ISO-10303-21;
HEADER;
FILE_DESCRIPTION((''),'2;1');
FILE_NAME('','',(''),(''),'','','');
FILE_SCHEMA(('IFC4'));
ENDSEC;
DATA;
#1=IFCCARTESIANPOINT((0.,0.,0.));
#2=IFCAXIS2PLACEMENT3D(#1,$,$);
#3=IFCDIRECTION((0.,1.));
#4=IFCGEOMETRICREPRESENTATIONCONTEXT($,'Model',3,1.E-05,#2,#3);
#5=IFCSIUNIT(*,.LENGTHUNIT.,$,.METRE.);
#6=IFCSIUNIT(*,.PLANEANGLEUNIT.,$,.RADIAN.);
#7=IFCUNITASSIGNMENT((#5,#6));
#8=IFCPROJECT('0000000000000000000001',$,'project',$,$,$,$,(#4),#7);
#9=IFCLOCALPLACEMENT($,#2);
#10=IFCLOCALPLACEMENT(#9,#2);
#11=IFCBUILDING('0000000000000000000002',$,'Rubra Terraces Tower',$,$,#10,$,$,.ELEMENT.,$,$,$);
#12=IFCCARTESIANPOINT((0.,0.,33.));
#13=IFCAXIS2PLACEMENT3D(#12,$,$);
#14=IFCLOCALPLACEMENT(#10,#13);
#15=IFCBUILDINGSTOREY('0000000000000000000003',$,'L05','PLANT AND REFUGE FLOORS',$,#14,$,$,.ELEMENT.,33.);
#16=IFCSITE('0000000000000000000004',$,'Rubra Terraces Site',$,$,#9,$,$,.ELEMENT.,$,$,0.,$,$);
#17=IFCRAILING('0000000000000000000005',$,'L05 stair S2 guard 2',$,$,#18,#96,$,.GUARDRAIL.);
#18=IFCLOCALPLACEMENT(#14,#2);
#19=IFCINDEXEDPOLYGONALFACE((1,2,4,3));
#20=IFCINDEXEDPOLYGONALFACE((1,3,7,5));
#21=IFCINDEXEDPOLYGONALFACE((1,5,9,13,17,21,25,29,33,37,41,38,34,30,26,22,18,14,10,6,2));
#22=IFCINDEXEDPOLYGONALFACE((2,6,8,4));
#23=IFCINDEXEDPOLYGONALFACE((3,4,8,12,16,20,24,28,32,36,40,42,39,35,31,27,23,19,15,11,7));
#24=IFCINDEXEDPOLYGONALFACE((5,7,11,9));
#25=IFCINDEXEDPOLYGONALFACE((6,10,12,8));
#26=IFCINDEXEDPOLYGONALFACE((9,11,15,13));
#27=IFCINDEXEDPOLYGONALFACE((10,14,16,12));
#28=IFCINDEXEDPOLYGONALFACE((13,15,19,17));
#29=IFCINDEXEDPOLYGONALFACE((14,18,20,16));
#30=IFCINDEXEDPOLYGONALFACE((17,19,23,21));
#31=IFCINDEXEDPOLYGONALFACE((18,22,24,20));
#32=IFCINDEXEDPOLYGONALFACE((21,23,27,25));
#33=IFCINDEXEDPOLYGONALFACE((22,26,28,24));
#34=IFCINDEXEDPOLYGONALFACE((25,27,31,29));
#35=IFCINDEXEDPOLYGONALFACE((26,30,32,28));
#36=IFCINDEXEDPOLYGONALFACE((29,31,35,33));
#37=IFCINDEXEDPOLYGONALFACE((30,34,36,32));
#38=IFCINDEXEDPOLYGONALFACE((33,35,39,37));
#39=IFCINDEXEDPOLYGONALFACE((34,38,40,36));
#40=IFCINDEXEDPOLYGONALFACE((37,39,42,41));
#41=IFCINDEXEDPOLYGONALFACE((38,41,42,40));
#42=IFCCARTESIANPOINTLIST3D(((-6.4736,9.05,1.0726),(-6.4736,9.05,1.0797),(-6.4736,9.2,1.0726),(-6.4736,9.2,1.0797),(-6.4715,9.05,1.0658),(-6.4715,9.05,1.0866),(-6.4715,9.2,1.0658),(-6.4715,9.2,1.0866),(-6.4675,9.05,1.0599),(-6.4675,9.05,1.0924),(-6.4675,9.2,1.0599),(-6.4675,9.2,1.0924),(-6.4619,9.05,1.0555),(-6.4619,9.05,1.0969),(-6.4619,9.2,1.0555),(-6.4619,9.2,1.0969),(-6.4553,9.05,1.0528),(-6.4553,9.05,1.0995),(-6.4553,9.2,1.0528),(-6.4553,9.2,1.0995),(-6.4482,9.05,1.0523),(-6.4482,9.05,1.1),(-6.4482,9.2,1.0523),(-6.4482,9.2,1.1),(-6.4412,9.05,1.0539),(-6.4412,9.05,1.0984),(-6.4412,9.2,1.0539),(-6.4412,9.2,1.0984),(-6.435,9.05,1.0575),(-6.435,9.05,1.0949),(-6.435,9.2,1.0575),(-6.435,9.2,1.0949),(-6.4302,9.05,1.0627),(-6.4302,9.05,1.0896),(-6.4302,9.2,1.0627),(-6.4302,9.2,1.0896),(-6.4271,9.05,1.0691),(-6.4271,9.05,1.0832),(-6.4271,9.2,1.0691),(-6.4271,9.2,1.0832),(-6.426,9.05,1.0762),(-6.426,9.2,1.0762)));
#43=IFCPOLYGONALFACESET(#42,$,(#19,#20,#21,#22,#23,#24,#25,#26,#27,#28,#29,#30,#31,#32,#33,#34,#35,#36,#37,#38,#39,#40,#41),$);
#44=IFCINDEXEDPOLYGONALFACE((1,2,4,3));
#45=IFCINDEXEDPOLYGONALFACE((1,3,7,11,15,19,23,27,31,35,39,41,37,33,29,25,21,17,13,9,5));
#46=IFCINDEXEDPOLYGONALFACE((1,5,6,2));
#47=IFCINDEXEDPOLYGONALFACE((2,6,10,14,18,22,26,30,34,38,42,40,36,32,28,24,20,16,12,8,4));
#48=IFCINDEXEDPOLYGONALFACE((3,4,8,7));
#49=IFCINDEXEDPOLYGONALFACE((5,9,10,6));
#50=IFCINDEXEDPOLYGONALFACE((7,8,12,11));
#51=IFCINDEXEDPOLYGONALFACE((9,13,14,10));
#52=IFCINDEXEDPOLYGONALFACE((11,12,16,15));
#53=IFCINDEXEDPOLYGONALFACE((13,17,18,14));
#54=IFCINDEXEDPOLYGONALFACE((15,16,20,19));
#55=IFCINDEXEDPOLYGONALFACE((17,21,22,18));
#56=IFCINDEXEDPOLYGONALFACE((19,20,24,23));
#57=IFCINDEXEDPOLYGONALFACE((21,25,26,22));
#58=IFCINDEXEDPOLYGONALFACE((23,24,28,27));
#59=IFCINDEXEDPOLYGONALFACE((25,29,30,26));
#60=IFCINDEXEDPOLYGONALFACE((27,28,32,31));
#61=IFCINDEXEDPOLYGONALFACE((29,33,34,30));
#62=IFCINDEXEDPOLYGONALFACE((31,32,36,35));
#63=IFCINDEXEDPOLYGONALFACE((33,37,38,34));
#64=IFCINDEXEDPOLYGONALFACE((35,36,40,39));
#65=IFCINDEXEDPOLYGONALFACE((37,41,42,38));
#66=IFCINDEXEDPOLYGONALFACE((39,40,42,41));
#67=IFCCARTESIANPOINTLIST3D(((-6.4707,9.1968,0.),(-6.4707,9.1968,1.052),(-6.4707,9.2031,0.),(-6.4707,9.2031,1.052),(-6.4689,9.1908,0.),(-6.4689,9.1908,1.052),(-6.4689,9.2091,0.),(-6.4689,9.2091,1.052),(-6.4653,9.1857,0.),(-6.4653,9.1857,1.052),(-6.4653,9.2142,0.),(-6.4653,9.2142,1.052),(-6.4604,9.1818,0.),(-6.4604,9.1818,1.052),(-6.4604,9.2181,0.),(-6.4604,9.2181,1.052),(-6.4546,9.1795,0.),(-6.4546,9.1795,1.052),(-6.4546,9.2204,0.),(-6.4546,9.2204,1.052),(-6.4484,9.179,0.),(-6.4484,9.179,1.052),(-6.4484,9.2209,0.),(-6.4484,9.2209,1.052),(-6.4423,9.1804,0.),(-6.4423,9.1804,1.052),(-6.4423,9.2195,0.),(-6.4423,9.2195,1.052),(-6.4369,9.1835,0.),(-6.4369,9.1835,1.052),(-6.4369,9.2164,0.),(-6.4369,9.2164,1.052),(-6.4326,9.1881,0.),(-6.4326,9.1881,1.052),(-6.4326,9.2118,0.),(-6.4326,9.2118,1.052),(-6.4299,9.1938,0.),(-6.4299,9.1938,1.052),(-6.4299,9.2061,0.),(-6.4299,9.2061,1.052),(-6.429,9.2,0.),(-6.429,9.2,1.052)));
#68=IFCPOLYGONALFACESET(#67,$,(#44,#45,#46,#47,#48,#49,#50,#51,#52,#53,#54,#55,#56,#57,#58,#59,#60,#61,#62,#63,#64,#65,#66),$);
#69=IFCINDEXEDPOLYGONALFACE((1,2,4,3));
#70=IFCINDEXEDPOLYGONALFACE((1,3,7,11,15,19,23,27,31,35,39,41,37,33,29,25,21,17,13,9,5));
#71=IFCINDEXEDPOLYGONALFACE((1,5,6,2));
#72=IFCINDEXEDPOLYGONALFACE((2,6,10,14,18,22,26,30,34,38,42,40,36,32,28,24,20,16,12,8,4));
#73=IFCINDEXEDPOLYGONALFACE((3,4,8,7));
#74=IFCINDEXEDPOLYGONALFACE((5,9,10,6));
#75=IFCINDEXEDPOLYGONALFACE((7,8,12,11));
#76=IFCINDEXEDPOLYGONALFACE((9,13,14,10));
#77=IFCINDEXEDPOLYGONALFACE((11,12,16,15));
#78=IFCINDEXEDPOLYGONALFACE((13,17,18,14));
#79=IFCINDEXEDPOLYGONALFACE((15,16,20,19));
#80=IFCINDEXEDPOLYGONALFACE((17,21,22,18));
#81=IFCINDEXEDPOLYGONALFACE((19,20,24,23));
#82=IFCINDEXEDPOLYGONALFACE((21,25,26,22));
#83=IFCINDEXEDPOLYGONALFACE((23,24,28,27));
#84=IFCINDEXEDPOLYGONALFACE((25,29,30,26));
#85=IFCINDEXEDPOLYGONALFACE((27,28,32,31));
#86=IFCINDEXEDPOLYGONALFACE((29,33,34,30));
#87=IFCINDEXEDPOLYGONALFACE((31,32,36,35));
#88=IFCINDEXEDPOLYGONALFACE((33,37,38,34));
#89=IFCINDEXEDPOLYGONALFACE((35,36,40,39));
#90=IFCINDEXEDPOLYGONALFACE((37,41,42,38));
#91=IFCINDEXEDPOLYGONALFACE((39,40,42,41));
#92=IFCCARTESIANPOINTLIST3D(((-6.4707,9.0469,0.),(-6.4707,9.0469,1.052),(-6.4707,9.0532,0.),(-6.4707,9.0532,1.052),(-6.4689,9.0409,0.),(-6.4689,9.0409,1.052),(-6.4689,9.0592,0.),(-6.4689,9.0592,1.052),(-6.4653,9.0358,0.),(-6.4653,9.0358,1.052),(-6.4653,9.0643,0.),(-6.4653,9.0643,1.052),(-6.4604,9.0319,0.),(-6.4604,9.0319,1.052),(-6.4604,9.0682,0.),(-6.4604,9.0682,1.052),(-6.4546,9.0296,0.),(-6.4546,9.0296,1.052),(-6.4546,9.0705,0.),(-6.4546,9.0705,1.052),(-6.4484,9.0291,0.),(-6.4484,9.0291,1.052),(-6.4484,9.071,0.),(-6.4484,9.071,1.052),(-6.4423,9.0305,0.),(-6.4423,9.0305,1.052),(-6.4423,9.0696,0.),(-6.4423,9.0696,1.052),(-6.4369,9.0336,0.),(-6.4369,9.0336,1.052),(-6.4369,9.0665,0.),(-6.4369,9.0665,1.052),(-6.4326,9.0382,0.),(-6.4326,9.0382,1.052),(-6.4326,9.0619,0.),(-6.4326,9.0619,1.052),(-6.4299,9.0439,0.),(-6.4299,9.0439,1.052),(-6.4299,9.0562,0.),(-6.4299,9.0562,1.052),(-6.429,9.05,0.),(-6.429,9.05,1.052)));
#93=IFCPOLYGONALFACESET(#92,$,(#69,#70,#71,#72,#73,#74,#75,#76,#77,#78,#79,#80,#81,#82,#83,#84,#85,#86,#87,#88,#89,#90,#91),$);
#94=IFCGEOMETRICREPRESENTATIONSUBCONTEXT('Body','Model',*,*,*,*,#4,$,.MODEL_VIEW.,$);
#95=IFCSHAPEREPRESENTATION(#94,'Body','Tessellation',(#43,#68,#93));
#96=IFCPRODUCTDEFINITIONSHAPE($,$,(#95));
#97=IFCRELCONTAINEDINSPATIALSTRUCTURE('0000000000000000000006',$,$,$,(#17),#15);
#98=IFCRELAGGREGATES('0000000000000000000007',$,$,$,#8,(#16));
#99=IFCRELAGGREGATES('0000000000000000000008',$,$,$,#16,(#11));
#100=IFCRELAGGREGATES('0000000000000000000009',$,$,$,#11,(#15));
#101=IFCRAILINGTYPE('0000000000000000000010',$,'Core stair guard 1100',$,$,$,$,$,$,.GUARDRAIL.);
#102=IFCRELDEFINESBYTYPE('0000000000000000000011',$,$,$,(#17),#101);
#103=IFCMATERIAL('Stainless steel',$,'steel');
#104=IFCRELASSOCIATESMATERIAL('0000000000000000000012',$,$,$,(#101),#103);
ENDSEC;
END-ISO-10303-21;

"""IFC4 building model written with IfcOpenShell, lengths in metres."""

from ifc_helpers import new_model, si_unit, direction, frame, origin, origin_2d, place, context, subcontext, project, spatial, circle, extrude, material, type_object, element, save


model = new_model("IFC4")

# Units and contexts
model_context = context("Model", 3, precision=1e-05, world=origin(), true_north=direction((0.0, 1.0)))
body_context = subcontext(model_context, "Body", "Model", "MODEL_VIEW")
ifc_project = project(units=[si_unit("LENGTHUNIT", "METRE"), si_unit("PLANEANGLEUNIT", "RADIAN")], contexts=[model_context])

# Site, building, storey
site_placement = place(None, origin())
site = spatial("IfcSite", under=ifc_project, at=site_placement, Name="Rubra Terraces Site", CompositionType="ELEMENT", RefElevation=0.0)
building_placement = place(site_placement, origin())
building = spatial("IfcBuilding", under=site, at=building_placement, Name="Rubra Terraces Tower", CompositionType="ELEMENT")
storey_placement = place(building_placement, frame((0.0, 0.0, 33.0)))
storey = spatial("IfcBuildingStorey", under=building, at=storey_placement, Name="L05", Description="PLANT AND REFUGE FLOORS", CompositionType="ELEMENT", Elevation=33.0)

# Shared definitions
ifc_material_1 = material(Name="Stainless steel", Category="steel")

# Railing
railing_type_1 = type_object("IfcRailingType", Name="Core stair guard 1100", PredefinedType="GUARDRAIL", material=ifc_material_1)
railing_1_placement = place(storey_placement, frame((-6.45, 9.2, 0.0)))
element("IfcRailing", 1, at=railing_1_placement, inside=storey, type_object=railing_type_1, Name="L05 stair S2 guard 2", PredefinedType="GUARDRAIL", context=body_context, shape_type="SweptSolid", body=[
    extrude(circle(Radius=0.0239, at=origin_2d()), frame((0.0, 0.0, 1.0762), z_axis=(0.0, -1.0, 0.0), x_axis=(1.0, 0.0, 0.0)), (0.0, 0.0, 1.0), 0.1499),
    extrude(circle(Radius=0.021, at=origin_2d()), origin(), (0.0, 0.0, 1.0), 1.052),
    extrude(circle(Radius=0.021, at=origin_2d()), frame((0.0, -0.1499, 0.0)), (0.0, 0.0, 1.0), 1.052),
])

save(model, "model.ifc")
